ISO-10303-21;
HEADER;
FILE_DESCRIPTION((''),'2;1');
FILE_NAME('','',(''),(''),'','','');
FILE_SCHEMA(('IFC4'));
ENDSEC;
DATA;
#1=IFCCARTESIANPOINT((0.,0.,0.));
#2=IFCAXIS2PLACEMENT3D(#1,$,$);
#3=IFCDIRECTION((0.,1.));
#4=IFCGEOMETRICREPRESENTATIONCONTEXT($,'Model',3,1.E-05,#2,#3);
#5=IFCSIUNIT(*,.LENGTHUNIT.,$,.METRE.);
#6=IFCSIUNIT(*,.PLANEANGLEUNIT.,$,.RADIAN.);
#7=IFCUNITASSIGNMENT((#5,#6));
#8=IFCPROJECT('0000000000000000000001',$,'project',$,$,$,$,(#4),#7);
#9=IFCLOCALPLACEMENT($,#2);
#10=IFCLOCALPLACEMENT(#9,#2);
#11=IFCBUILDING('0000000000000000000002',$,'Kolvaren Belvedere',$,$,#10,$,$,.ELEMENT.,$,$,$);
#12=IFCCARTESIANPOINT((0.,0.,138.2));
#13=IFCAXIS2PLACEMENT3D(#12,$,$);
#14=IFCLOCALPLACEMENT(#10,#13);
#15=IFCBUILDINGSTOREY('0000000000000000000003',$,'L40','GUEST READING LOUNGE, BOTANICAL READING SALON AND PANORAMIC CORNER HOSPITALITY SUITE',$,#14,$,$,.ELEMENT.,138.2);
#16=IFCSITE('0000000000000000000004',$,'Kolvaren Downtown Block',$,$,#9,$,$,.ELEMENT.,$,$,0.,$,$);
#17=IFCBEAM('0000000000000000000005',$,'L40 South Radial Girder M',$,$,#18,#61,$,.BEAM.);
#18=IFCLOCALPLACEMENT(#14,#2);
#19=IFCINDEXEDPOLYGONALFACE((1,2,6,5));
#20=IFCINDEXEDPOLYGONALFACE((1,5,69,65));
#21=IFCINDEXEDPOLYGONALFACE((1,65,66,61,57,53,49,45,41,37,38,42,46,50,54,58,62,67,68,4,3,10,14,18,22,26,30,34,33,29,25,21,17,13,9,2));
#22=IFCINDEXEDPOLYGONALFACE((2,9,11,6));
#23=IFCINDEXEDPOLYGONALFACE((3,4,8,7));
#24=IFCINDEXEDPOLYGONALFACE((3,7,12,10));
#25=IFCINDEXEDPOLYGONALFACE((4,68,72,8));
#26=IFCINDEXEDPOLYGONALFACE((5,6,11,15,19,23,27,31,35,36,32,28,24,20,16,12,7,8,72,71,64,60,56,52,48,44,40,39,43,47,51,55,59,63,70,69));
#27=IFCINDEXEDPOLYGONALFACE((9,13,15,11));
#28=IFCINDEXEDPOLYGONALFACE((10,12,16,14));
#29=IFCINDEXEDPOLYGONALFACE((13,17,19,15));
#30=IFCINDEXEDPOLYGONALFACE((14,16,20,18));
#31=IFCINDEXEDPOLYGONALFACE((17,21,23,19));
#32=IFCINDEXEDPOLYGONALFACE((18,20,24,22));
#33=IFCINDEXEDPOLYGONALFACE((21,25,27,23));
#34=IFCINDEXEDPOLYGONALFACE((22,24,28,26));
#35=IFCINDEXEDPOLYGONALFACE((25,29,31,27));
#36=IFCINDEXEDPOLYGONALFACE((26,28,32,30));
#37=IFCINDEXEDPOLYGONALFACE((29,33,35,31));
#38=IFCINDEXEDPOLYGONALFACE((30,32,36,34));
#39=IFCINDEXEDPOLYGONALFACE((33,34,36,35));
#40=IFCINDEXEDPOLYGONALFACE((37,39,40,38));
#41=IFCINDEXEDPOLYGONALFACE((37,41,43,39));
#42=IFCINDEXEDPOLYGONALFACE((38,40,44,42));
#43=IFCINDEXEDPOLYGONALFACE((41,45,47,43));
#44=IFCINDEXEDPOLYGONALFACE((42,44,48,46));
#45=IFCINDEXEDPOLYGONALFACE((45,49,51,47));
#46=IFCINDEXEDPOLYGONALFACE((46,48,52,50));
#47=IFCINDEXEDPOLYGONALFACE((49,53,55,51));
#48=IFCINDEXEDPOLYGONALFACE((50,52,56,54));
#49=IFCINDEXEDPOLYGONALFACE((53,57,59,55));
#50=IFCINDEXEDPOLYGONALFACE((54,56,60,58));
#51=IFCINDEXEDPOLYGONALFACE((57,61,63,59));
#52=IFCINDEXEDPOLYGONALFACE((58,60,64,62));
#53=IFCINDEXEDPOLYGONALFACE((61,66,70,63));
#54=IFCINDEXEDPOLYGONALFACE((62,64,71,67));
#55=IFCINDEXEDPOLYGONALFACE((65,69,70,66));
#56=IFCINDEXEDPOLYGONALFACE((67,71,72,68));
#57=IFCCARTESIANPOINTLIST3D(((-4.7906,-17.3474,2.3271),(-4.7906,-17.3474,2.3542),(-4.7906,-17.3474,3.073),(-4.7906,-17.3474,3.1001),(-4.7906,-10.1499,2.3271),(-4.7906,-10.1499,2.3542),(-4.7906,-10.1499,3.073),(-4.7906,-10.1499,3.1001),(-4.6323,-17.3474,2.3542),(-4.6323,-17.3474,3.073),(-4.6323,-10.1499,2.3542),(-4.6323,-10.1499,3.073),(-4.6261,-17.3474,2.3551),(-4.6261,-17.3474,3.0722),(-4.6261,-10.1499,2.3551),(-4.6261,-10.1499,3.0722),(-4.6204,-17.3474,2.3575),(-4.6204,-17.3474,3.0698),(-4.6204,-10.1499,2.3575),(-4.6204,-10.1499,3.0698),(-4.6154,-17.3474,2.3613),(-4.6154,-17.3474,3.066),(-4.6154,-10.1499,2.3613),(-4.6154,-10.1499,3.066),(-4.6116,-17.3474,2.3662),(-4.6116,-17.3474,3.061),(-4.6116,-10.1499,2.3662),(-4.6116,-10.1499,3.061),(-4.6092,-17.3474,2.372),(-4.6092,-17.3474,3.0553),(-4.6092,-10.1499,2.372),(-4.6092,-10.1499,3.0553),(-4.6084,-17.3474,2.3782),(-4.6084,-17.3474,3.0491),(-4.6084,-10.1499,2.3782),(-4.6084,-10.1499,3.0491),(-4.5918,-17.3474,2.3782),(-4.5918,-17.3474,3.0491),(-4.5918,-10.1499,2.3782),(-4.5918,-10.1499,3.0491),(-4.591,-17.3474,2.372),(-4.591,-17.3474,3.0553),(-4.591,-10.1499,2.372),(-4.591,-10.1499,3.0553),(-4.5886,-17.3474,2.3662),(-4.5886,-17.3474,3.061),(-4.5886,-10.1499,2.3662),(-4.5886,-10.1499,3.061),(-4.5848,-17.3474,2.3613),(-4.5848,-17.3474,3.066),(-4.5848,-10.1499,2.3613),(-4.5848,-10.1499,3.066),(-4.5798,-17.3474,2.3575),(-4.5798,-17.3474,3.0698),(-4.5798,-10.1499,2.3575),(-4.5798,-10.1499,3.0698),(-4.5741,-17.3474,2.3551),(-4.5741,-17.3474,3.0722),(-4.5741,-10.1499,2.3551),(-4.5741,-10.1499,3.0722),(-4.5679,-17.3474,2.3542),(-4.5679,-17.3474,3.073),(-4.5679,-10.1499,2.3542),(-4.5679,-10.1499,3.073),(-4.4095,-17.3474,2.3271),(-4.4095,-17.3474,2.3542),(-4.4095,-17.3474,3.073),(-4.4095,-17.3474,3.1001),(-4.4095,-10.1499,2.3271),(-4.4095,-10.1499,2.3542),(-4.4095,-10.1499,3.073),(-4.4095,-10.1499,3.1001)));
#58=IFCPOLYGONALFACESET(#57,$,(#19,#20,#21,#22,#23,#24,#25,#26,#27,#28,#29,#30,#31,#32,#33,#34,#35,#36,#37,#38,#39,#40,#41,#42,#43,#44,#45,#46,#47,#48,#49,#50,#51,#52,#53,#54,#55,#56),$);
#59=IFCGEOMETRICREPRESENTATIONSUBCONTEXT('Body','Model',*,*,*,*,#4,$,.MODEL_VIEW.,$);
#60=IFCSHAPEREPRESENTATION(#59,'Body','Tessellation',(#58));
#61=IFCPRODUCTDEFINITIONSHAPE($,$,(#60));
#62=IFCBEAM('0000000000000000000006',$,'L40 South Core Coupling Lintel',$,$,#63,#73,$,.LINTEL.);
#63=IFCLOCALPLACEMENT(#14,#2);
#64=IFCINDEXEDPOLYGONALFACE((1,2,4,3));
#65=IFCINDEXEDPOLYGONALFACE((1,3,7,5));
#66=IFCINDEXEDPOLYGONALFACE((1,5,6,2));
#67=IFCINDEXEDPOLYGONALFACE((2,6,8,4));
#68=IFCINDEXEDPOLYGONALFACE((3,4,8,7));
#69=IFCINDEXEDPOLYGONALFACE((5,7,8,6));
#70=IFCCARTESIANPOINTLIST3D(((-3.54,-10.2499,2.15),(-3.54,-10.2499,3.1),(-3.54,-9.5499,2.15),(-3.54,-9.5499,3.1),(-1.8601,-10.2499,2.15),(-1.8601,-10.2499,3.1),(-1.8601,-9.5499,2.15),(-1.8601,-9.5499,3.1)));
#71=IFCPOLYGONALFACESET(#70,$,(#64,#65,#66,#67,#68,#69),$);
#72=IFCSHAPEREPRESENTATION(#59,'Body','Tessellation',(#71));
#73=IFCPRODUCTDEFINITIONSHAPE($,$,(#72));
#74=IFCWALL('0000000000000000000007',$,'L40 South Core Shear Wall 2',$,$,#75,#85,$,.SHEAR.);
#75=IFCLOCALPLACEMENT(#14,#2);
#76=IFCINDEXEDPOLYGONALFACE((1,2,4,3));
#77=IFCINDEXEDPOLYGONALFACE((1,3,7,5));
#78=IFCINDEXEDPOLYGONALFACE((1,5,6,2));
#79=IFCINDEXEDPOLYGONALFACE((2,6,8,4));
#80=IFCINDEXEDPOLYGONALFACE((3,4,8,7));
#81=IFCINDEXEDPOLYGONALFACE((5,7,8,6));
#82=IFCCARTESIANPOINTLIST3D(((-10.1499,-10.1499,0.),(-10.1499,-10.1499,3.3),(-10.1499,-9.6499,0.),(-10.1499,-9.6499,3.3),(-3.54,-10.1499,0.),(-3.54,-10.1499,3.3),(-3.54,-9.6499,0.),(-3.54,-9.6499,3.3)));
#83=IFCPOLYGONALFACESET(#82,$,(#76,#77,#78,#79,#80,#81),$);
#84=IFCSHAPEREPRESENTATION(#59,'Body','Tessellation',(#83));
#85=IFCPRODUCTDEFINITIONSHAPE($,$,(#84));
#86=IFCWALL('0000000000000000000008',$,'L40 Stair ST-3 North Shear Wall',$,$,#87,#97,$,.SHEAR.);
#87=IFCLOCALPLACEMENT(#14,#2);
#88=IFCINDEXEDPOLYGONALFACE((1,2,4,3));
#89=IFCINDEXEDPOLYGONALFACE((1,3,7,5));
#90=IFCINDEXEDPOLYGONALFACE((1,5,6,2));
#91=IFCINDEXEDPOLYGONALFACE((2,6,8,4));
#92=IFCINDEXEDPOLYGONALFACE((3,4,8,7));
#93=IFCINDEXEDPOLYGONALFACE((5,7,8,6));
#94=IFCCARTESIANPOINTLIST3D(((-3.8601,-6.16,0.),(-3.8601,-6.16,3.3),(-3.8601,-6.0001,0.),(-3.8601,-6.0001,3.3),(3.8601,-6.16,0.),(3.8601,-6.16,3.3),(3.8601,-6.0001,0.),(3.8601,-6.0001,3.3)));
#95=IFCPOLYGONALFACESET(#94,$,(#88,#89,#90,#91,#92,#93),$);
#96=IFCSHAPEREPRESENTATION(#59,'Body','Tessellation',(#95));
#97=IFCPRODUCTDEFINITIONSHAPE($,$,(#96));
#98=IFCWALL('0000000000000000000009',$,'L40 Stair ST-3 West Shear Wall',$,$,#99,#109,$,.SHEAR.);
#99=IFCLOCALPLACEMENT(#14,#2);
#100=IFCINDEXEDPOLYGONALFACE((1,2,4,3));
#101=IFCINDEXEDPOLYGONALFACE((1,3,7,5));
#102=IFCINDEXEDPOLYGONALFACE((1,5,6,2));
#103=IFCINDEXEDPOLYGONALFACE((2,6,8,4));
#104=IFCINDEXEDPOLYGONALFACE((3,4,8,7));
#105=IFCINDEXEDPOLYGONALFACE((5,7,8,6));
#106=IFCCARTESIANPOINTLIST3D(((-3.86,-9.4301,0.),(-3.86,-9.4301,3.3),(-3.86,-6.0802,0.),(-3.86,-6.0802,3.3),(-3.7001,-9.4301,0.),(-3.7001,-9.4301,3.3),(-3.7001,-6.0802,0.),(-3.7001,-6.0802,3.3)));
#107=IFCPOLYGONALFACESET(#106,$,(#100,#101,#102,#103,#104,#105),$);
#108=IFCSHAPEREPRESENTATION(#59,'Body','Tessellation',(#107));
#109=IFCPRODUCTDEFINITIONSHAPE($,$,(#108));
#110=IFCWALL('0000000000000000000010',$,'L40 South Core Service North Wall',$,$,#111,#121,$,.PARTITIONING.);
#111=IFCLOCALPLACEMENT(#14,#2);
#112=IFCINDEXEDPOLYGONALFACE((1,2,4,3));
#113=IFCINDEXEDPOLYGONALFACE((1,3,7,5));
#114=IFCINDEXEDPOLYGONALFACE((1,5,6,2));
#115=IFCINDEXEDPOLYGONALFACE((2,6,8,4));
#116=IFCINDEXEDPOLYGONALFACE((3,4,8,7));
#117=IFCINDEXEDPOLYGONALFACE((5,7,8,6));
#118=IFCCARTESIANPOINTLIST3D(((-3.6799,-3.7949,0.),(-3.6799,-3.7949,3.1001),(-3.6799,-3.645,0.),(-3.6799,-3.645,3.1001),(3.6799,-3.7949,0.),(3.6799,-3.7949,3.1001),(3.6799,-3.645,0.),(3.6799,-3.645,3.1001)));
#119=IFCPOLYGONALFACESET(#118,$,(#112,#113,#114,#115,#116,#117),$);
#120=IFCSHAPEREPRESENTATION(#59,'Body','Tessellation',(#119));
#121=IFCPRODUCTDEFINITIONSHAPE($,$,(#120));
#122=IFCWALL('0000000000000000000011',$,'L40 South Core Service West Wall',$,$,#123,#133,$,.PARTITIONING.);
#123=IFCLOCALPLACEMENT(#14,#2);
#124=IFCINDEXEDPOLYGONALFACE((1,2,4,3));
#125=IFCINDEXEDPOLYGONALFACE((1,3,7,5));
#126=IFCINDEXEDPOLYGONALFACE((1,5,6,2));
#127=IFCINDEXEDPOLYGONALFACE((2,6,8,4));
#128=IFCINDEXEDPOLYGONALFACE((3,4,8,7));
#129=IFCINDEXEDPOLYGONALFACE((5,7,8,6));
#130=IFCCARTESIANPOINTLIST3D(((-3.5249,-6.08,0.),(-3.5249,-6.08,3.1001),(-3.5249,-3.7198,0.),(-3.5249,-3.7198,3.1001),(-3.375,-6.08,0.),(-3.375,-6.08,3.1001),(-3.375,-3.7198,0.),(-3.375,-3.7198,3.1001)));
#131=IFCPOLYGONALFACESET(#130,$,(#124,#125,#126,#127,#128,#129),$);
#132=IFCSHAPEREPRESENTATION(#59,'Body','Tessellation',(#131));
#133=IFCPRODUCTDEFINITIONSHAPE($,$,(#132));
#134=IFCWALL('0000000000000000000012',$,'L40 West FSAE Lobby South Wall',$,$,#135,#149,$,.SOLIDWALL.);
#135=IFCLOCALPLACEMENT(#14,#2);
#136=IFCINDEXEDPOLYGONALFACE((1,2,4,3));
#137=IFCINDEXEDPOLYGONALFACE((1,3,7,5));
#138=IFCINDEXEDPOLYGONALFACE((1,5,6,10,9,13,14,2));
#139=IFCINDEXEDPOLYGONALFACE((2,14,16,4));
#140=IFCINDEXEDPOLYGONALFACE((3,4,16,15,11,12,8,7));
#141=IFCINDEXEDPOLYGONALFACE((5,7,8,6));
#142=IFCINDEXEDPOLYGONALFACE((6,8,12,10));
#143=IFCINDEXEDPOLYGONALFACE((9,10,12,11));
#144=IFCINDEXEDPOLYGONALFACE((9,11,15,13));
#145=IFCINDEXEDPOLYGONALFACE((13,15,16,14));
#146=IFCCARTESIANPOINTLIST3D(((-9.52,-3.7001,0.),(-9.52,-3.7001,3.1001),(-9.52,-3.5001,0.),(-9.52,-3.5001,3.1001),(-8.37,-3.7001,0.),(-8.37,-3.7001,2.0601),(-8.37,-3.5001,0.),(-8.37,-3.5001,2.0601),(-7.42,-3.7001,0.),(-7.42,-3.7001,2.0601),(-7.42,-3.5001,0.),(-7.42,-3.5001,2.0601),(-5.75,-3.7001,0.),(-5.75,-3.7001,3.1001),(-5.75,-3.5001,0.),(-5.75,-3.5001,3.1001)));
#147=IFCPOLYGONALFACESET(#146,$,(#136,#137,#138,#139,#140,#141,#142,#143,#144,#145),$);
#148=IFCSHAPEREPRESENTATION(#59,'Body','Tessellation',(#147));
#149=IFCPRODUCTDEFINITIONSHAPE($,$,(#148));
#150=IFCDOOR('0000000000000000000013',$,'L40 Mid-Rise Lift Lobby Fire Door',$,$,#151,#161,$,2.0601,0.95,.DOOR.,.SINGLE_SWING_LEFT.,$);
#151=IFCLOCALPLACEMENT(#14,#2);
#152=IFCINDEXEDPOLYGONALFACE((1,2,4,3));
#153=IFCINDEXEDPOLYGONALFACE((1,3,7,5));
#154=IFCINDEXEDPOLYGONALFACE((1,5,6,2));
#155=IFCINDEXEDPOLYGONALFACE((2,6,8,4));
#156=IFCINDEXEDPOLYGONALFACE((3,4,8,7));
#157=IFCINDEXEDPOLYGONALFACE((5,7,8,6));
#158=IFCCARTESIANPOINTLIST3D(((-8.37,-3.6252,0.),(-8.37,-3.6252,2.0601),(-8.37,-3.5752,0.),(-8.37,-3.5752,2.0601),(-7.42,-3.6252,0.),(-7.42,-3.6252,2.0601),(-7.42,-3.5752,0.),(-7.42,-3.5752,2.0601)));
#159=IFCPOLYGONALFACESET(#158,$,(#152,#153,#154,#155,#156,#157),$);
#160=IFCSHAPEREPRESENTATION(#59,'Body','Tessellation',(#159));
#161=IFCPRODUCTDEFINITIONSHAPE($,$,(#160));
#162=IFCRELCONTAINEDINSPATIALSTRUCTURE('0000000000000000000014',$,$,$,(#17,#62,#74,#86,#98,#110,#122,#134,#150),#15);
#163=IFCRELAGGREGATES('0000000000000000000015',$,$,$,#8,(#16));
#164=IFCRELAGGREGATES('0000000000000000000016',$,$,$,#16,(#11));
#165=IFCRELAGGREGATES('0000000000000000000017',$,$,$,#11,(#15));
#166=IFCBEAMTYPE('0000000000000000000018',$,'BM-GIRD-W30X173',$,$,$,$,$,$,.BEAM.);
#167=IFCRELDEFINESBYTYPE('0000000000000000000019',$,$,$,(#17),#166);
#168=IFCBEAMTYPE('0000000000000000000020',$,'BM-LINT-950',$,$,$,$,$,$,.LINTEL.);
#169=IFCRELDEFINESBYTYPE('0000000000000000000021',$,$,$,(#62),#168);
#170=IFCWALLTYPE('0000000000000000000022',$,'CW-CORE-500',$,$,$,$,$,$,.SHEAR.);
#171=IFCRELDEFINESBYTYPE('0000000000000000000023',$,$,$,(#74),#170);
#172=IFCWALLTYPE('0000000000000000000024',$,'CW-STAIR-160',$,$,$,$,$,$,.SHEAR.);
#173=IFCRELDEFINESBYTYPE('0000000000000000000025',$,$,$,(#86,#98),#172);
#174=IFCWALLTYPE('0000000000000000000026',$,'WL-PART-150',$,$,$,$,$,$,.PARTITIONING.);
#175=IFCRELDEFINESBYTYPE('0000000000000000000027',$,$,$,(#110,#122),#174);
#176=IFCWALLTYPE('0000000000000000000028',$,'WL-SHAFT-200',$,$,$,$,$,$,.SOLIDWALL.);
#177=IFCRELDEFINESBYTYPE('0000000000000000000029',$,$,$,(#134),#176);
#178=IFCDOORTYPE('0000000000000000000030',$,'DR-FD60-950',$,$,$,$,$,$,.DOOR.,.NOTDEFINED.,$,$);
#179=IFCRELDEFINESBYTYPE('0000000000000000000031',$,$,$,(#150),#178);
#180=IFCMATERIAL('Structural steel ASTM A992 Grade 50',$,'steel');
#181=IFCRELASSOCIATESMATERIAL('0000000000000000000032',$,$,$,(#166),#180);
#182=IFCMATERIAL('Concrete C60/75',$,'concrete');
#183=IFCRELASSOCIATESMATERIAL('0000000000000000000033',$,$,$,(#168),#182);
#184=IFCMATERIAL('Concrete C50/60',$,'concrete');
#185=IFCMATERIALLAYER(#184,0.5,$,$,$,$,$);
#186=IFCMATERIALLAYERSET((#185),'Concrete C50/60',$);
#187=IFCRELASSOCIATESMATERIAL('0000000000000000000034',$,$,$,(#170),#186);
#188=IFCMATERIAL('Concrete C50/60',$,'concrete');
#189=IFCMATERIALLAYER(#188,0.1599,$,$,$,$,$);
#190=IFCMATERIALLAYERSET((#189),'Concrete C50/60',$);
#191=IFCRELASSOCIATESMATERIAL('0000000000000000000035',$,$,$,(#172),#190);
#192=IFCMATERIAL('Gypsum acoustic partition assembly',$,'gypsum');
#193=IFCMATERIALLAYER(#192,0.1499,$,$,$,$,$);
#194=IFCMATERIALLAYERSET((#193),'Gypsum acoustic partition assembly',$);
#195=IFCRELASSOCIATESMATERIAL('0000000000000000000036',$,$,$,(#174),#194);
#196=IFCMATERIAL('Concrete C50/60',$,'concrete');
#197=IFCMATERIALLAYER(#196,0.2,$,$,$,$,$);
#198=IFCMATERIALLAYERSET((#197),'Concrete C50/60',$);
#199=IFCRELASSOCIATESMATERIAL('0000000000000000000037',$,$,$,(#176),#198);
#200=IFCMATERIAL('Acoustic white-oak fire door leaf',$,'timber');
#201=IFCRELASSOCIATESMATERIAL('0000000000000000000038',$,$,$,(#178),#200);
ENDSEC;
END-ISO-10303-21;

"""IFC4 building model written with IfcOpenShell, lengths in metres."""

from ifc_helpers import new_model, si_unit, direction, frame, frame_2d, origin, origin_2d, place, context, subcontext, project, spatial, rectangle, i_section, extrude, material, layer, layer_set, material_profile, profile_set, type_object, element, fill, save


model = new_model("IFC4")

# Units and contexts
model_context = context("Model", 3, precision=1e-05, world=origin(), true_north=direction((0.0, 1.0)))
body_context = subcontext(model_context, "Body", "Model", "MODEL_VIEW")
ifc_project = project(units=[si_unit("LENGTHUNIT", "METRE"), si_unit("PLANEANGLEUNIT", "RADIAN")], contexts=[model_context])

# Site, building, storey
site_placement = place(None, origin())
site = spatial("IfcSite", under=ifc_project, at=site_placement, Name="Kolvaren Downtown Block", CompositionType="ELEMENT", RefElevation=0.0)
building_placement = place(site_placement, origin())
building = spatial("IfcBuilding", under=site, at=building_placement, Name="Kolvaren Belvedere", CompositionType="ELEMENT")
storey_placement = place(building_placement, frame((0.0, 0.0, 138.2)))
storey = spatial("IfcBuildingStorey", under=building, at=storey_placement, Name="L40", Description="GUEST READING LOUNGE, BOTANICAL READING SALON AND PANORAMIC CORNER HOSPITALITY SUITE", CompositionType="ELEMENT", Elevation=138.2)

# Beams
ifc_material_1 = material(Name="Structural steel ASTM A992 Grade 50", Category="steel")
ifc_material_profile_1 = material_profile(ifc_material_1, i_section(OverallWidth=0.3811, OverallDepth=0.7729, WebThickness=0.0166, FlangeThickness=0.0271, FilletRadius=0.0239, at=origin_2d()), Name="W30X173")
ifc_profile_set_1 = profile_set([ifc_material_profile_1], Name="Structural steel ASTM A992 Grade 50")
beam_type_1 = type_object("IfcBeamType", Name="BM-GIRD-W30X173", PredefinedType="BEAM", material=ifc_profile_set_1)
beam_1_placement = place(storey_placement, frame((-4.6001, -10.1499, 2.7136), z_axis=(0.0, -1.0, 0.0), x_axis=(1.0, 0.0, 0.0)))
element("IfcBeam", 1, at=beam_1_placement, inside=storey, type_object=beam_type_1, Name="L40 South Radial Girder M", PredefinedType="BEAM", context=body_context, shape_type="SweptSolid", body=[
    extrude(i_section(OverallWidth=0.3811, OverallDepth=0.7729, WebThickness=0.0166, FlangeThickness=0.0271, FilletRadius=0.0239, at=origin_2d()), origin(), (0.0, 0.0, 1.0), 7.1975),
])
ifc_material_2 = material(Name="Concrete C60/75", Category="concrete")
ifc_material_profile_2 = material_profile(ifc_material_2, rectangle(XDim=0.7, YDim=0.95, at=origin_2d()), Name="RC 700X950")
ifc_profile_set_2 = profile_set([ifc_material_profile_2], Name="Concrete C60/75")
beam_type_2 = type_object("IfcBeamType", Name="BM-LINT-950", PredefinedType="LINTEL", material=ifc_profile_set_2)
beam_2_placement = place(storey_placement, frame((-3.54, -9.8999, 2.625), z_axis=(1.0, 0.0, 0.0), x_axis=(0.0, 1.0, 0.0)))
element("IfcBeam", 2, at=beam_2_placement, inside=storey, type_object=beam_type_2, Name="L40 South Core Coupling Lintel", PredefinedType="LINTEL", context=body_context, shape_type="SweptSolid", body=[
    extrude(rectangle(XDim=0.7, YDim=0.95, at=origin_2d()), origin(), (0.0, 0.0, 1.0), 1.6799),
])

# Walls
ifc_material_3 = material(Name="Concrete C50/60", Category="concrete")
ifc_layer_1 = layer(ifc_material_3, 0.5)
ifc_layer_set_1 = layer_set([ifc_layer_1], Name="Concrete C50/60")
wall_type_1 = type_object("IfcWallType", Name="CW-CORE-500", PredefinedType="SHEAR", material=ifc_layer_set_1)
wall_1_placement = place(storey_placement, frame((-3.54, -9.8999, 0.0), z_axis=(0.0, 0.0, 1.0), x_axis=(-1.0, 0.0, 0.0)))
element("IfcWall", 3, at=wall_1_placement, inside=storey, type_object=wall_type_1, Name="L40 South Core Shear Wall 2", PredefinedType="SHEAR", context=body_context, shape_type="SweptSolid", body=[
    extrude(rectangle(XDim=6.6099, YDim=0.5, at=frame_2d((3.3049, 0.0))), origin(), (0.0, 0.0, 1.0), 3.3),
])
ifc_material_4 = material(Name="Concrete C50/60", Category="concrete")
ifc_layer_2 = layer(ifc_material_4, 0.1599)
ifc_layer_set_2 = layer_set([ifc_layer_2], Name="Concrete C50/60")
wall_type_2 = type_object("IfcWallType", Name="CW-STAIR-160", PredefinedType="SHEAR", material=ifc_layer_set_2)
wall_2_placement = place(storey_placement, frame((-3.8601, -6.0801, 0.0), z_axis=(0.0, 0.0, 1.0), x_axis=(1.0, 0.0, 0.0)))
element("IfcWall", 4, at=wall_2_placement, inside=storey, type_object=wall_type_2, Name="L40 Stair ST-3 North Shear Wall", PredefinedType="SHEAR", context=body_context, shape_type="SweptSolid", body=[
    extrude(rectangle(XDim=7.7202, YDim=0.1599, at=frame_2d((3.8601, 0.0))), origin(), (0.0, 0.0, 1.0), 3.3),
])
wall_3_placement = place(storey_placement, frame((-3.78, -9.4299, 0.0), z_axis=(0.0, 0.0, 1.0), x_axis=(0.0, 1.0, 0.0)))
element("IfcWall", 5, at=wall_3_placement, inside=storey, type_object=wall_type_2, Name="L40 Stair ST-3 West Shear Wall", PredefinedType="SHEAR", context=body_context, shape_type="SweptSolid", body=[
    extrude(rectangle(XDim=3.3499, YDim=0.1599, at=frame_2d((1.6748, 0.0))), origin(), (0.0, 0.0, 1.0), 3.3),
])
ifc_material_5 = material(Name="Gypsum acoustic partition assembly", Category="gypsum")
ifc_layer_3 = layer(ifc_material_5, 0.1499)
ifc_layer_set_3 = layer_set([ifc_layer_3], Name="Gypsum acoustic partition assembly")
wall_type_3 = type_object("IfcWallType", Name="WL-PART-150", PredefinedType="PARTITIONING", material=ifc_layer_set_3)
wall_4_placement = place(storey_placement, frame((-3.6799, -3.72, 0.0), z_axis=(0.0, 0.0, 1.0), x_axis=(1.0, 0.0, 0.0)))
element("IfcWall", 6, at=wall_4_placement, inside=storey, type_object=wall_type_3, Name="L40 South Core Service North Wall", PredefinedType="PARTITIONING", context=body_context, shape_type="SweptSolid", body=[
    extrude(rectangle(XDim=7.3599, YDim=0.1499, at=frame_2d((3.6799, 0.0))), origin(), (0.0, 0.0, 1.0), 3.1001),
])
wall_5_placement = place(storey_placement, frame((-3.45, -6.0801, 0.0), z_axis=(0.0, 0.0, 1.0), x_axis=(0.0, 1.0, 0.0)))
element("IfcWall", 7, at=wall_5_placement, inside=storey, type_object=wall_type_3, Name="L40 South Core Service West Wall", PredefinedType="PARTITIONING", context=body_context, shape_type="SweptSolid", body=[
    extrude(rectangle(XDim=2.3601, YDim=0.1499, at=frame_2d((1.1802, 0.0))), origin(), (0.0, 0.0, 1.0), 3.1001),
])

# Wall, opening, door
ifc_material_6 = material(Name="Concrete C50/60", Category="concrete")
ifc_layer_4 = layer(ifc_material_6, 0.2)
ifc_layer_set_4 = layer_set([ifc_layer_4], Name="Concrete C50/60")
wall_type_4 = type_object("IfcWallType", Name="WL-SHAFT-200", PredefinedType="SOLIDWALL", material=ifc_layer_set_4)
wall_6_placement = place(storey_placement, frame((-9.52, -3.6001, 0.0), z_axis=(0.0, 0.0, 1.0), x_axis=(1.0, 0.0, 0.0)))
wall_6 = element("IfcWall", 8, at=wall_6_placement, inside=storey, type_object=wall_type_4, Name="L40 West FSAE Lobby South Wall", PredefinedType="SOLIDWALL", context=body_context, shape_type="SweptSolid", body=[
    extrude(rectangle(XDim=3.77, YDim=0.2, at=frame_2d((1.885, 0.0))), origin(), (0.0, 0.0, 1.0), 3.1001),
])
opening_1_placement = place(wall_6_placement, frame((1.1499, 0.0, 0.0)))
opening_1 = element("IfcOpeningElement", 9, at=opening_1_placement, cuts=wall_6, PredefinedType="OPENING", context=body_context, shape_type="SweptSolid", body=[
    extrude(rectangle(XDim=0.95, YDim=2.0601, at=frame_2d((0.4751, 1.03))), frame((0.0, 0.1099, 0.0), z_axis=(0.0, -1.0, 0.0), x_axis=(1.0, 0.0, 0.0)), (0.0, 0.0, 1.0), 0.22),
])
ifc_material_7 = material(Name="Acoustic white-oak fire door leaf", Category="timber")
door_type_1 = type_object("IfcDoorType", Name="DR-FD60-950", OperationType="NOTDEFINED", PredefinedType="DOOR", material=ifc_material_7)
door_1_placement = place(opening_1_placement, origin())
door_1 = element("IfcDoor", 10, at=door_1_placement, inside=storey, type_object=door_type_1, Name="L40 Mid-Rise Lift Lobby Fire Door", OperationType="SINGLE_SWING_LEFT", OverallHeight=2.0601, OverallWidth=0.95, PredefinedType="DOOR", context=body_context, shape_type="SweptSolid", body=[
    extrude(rectangle(XDim=0.95, YDim=2.0601, at=frame_2d((0.4751, 1.03))), frame((0.0, 0.0249, 0.0), z_axis=(0.0, -1.0, 0.0), x_axis=(1.0, 0.0, 0.0)), (0.0, 0.0, 1.0), 0.05),
])
fill(opening_1, door_1)

save(model, "model.ifc")
